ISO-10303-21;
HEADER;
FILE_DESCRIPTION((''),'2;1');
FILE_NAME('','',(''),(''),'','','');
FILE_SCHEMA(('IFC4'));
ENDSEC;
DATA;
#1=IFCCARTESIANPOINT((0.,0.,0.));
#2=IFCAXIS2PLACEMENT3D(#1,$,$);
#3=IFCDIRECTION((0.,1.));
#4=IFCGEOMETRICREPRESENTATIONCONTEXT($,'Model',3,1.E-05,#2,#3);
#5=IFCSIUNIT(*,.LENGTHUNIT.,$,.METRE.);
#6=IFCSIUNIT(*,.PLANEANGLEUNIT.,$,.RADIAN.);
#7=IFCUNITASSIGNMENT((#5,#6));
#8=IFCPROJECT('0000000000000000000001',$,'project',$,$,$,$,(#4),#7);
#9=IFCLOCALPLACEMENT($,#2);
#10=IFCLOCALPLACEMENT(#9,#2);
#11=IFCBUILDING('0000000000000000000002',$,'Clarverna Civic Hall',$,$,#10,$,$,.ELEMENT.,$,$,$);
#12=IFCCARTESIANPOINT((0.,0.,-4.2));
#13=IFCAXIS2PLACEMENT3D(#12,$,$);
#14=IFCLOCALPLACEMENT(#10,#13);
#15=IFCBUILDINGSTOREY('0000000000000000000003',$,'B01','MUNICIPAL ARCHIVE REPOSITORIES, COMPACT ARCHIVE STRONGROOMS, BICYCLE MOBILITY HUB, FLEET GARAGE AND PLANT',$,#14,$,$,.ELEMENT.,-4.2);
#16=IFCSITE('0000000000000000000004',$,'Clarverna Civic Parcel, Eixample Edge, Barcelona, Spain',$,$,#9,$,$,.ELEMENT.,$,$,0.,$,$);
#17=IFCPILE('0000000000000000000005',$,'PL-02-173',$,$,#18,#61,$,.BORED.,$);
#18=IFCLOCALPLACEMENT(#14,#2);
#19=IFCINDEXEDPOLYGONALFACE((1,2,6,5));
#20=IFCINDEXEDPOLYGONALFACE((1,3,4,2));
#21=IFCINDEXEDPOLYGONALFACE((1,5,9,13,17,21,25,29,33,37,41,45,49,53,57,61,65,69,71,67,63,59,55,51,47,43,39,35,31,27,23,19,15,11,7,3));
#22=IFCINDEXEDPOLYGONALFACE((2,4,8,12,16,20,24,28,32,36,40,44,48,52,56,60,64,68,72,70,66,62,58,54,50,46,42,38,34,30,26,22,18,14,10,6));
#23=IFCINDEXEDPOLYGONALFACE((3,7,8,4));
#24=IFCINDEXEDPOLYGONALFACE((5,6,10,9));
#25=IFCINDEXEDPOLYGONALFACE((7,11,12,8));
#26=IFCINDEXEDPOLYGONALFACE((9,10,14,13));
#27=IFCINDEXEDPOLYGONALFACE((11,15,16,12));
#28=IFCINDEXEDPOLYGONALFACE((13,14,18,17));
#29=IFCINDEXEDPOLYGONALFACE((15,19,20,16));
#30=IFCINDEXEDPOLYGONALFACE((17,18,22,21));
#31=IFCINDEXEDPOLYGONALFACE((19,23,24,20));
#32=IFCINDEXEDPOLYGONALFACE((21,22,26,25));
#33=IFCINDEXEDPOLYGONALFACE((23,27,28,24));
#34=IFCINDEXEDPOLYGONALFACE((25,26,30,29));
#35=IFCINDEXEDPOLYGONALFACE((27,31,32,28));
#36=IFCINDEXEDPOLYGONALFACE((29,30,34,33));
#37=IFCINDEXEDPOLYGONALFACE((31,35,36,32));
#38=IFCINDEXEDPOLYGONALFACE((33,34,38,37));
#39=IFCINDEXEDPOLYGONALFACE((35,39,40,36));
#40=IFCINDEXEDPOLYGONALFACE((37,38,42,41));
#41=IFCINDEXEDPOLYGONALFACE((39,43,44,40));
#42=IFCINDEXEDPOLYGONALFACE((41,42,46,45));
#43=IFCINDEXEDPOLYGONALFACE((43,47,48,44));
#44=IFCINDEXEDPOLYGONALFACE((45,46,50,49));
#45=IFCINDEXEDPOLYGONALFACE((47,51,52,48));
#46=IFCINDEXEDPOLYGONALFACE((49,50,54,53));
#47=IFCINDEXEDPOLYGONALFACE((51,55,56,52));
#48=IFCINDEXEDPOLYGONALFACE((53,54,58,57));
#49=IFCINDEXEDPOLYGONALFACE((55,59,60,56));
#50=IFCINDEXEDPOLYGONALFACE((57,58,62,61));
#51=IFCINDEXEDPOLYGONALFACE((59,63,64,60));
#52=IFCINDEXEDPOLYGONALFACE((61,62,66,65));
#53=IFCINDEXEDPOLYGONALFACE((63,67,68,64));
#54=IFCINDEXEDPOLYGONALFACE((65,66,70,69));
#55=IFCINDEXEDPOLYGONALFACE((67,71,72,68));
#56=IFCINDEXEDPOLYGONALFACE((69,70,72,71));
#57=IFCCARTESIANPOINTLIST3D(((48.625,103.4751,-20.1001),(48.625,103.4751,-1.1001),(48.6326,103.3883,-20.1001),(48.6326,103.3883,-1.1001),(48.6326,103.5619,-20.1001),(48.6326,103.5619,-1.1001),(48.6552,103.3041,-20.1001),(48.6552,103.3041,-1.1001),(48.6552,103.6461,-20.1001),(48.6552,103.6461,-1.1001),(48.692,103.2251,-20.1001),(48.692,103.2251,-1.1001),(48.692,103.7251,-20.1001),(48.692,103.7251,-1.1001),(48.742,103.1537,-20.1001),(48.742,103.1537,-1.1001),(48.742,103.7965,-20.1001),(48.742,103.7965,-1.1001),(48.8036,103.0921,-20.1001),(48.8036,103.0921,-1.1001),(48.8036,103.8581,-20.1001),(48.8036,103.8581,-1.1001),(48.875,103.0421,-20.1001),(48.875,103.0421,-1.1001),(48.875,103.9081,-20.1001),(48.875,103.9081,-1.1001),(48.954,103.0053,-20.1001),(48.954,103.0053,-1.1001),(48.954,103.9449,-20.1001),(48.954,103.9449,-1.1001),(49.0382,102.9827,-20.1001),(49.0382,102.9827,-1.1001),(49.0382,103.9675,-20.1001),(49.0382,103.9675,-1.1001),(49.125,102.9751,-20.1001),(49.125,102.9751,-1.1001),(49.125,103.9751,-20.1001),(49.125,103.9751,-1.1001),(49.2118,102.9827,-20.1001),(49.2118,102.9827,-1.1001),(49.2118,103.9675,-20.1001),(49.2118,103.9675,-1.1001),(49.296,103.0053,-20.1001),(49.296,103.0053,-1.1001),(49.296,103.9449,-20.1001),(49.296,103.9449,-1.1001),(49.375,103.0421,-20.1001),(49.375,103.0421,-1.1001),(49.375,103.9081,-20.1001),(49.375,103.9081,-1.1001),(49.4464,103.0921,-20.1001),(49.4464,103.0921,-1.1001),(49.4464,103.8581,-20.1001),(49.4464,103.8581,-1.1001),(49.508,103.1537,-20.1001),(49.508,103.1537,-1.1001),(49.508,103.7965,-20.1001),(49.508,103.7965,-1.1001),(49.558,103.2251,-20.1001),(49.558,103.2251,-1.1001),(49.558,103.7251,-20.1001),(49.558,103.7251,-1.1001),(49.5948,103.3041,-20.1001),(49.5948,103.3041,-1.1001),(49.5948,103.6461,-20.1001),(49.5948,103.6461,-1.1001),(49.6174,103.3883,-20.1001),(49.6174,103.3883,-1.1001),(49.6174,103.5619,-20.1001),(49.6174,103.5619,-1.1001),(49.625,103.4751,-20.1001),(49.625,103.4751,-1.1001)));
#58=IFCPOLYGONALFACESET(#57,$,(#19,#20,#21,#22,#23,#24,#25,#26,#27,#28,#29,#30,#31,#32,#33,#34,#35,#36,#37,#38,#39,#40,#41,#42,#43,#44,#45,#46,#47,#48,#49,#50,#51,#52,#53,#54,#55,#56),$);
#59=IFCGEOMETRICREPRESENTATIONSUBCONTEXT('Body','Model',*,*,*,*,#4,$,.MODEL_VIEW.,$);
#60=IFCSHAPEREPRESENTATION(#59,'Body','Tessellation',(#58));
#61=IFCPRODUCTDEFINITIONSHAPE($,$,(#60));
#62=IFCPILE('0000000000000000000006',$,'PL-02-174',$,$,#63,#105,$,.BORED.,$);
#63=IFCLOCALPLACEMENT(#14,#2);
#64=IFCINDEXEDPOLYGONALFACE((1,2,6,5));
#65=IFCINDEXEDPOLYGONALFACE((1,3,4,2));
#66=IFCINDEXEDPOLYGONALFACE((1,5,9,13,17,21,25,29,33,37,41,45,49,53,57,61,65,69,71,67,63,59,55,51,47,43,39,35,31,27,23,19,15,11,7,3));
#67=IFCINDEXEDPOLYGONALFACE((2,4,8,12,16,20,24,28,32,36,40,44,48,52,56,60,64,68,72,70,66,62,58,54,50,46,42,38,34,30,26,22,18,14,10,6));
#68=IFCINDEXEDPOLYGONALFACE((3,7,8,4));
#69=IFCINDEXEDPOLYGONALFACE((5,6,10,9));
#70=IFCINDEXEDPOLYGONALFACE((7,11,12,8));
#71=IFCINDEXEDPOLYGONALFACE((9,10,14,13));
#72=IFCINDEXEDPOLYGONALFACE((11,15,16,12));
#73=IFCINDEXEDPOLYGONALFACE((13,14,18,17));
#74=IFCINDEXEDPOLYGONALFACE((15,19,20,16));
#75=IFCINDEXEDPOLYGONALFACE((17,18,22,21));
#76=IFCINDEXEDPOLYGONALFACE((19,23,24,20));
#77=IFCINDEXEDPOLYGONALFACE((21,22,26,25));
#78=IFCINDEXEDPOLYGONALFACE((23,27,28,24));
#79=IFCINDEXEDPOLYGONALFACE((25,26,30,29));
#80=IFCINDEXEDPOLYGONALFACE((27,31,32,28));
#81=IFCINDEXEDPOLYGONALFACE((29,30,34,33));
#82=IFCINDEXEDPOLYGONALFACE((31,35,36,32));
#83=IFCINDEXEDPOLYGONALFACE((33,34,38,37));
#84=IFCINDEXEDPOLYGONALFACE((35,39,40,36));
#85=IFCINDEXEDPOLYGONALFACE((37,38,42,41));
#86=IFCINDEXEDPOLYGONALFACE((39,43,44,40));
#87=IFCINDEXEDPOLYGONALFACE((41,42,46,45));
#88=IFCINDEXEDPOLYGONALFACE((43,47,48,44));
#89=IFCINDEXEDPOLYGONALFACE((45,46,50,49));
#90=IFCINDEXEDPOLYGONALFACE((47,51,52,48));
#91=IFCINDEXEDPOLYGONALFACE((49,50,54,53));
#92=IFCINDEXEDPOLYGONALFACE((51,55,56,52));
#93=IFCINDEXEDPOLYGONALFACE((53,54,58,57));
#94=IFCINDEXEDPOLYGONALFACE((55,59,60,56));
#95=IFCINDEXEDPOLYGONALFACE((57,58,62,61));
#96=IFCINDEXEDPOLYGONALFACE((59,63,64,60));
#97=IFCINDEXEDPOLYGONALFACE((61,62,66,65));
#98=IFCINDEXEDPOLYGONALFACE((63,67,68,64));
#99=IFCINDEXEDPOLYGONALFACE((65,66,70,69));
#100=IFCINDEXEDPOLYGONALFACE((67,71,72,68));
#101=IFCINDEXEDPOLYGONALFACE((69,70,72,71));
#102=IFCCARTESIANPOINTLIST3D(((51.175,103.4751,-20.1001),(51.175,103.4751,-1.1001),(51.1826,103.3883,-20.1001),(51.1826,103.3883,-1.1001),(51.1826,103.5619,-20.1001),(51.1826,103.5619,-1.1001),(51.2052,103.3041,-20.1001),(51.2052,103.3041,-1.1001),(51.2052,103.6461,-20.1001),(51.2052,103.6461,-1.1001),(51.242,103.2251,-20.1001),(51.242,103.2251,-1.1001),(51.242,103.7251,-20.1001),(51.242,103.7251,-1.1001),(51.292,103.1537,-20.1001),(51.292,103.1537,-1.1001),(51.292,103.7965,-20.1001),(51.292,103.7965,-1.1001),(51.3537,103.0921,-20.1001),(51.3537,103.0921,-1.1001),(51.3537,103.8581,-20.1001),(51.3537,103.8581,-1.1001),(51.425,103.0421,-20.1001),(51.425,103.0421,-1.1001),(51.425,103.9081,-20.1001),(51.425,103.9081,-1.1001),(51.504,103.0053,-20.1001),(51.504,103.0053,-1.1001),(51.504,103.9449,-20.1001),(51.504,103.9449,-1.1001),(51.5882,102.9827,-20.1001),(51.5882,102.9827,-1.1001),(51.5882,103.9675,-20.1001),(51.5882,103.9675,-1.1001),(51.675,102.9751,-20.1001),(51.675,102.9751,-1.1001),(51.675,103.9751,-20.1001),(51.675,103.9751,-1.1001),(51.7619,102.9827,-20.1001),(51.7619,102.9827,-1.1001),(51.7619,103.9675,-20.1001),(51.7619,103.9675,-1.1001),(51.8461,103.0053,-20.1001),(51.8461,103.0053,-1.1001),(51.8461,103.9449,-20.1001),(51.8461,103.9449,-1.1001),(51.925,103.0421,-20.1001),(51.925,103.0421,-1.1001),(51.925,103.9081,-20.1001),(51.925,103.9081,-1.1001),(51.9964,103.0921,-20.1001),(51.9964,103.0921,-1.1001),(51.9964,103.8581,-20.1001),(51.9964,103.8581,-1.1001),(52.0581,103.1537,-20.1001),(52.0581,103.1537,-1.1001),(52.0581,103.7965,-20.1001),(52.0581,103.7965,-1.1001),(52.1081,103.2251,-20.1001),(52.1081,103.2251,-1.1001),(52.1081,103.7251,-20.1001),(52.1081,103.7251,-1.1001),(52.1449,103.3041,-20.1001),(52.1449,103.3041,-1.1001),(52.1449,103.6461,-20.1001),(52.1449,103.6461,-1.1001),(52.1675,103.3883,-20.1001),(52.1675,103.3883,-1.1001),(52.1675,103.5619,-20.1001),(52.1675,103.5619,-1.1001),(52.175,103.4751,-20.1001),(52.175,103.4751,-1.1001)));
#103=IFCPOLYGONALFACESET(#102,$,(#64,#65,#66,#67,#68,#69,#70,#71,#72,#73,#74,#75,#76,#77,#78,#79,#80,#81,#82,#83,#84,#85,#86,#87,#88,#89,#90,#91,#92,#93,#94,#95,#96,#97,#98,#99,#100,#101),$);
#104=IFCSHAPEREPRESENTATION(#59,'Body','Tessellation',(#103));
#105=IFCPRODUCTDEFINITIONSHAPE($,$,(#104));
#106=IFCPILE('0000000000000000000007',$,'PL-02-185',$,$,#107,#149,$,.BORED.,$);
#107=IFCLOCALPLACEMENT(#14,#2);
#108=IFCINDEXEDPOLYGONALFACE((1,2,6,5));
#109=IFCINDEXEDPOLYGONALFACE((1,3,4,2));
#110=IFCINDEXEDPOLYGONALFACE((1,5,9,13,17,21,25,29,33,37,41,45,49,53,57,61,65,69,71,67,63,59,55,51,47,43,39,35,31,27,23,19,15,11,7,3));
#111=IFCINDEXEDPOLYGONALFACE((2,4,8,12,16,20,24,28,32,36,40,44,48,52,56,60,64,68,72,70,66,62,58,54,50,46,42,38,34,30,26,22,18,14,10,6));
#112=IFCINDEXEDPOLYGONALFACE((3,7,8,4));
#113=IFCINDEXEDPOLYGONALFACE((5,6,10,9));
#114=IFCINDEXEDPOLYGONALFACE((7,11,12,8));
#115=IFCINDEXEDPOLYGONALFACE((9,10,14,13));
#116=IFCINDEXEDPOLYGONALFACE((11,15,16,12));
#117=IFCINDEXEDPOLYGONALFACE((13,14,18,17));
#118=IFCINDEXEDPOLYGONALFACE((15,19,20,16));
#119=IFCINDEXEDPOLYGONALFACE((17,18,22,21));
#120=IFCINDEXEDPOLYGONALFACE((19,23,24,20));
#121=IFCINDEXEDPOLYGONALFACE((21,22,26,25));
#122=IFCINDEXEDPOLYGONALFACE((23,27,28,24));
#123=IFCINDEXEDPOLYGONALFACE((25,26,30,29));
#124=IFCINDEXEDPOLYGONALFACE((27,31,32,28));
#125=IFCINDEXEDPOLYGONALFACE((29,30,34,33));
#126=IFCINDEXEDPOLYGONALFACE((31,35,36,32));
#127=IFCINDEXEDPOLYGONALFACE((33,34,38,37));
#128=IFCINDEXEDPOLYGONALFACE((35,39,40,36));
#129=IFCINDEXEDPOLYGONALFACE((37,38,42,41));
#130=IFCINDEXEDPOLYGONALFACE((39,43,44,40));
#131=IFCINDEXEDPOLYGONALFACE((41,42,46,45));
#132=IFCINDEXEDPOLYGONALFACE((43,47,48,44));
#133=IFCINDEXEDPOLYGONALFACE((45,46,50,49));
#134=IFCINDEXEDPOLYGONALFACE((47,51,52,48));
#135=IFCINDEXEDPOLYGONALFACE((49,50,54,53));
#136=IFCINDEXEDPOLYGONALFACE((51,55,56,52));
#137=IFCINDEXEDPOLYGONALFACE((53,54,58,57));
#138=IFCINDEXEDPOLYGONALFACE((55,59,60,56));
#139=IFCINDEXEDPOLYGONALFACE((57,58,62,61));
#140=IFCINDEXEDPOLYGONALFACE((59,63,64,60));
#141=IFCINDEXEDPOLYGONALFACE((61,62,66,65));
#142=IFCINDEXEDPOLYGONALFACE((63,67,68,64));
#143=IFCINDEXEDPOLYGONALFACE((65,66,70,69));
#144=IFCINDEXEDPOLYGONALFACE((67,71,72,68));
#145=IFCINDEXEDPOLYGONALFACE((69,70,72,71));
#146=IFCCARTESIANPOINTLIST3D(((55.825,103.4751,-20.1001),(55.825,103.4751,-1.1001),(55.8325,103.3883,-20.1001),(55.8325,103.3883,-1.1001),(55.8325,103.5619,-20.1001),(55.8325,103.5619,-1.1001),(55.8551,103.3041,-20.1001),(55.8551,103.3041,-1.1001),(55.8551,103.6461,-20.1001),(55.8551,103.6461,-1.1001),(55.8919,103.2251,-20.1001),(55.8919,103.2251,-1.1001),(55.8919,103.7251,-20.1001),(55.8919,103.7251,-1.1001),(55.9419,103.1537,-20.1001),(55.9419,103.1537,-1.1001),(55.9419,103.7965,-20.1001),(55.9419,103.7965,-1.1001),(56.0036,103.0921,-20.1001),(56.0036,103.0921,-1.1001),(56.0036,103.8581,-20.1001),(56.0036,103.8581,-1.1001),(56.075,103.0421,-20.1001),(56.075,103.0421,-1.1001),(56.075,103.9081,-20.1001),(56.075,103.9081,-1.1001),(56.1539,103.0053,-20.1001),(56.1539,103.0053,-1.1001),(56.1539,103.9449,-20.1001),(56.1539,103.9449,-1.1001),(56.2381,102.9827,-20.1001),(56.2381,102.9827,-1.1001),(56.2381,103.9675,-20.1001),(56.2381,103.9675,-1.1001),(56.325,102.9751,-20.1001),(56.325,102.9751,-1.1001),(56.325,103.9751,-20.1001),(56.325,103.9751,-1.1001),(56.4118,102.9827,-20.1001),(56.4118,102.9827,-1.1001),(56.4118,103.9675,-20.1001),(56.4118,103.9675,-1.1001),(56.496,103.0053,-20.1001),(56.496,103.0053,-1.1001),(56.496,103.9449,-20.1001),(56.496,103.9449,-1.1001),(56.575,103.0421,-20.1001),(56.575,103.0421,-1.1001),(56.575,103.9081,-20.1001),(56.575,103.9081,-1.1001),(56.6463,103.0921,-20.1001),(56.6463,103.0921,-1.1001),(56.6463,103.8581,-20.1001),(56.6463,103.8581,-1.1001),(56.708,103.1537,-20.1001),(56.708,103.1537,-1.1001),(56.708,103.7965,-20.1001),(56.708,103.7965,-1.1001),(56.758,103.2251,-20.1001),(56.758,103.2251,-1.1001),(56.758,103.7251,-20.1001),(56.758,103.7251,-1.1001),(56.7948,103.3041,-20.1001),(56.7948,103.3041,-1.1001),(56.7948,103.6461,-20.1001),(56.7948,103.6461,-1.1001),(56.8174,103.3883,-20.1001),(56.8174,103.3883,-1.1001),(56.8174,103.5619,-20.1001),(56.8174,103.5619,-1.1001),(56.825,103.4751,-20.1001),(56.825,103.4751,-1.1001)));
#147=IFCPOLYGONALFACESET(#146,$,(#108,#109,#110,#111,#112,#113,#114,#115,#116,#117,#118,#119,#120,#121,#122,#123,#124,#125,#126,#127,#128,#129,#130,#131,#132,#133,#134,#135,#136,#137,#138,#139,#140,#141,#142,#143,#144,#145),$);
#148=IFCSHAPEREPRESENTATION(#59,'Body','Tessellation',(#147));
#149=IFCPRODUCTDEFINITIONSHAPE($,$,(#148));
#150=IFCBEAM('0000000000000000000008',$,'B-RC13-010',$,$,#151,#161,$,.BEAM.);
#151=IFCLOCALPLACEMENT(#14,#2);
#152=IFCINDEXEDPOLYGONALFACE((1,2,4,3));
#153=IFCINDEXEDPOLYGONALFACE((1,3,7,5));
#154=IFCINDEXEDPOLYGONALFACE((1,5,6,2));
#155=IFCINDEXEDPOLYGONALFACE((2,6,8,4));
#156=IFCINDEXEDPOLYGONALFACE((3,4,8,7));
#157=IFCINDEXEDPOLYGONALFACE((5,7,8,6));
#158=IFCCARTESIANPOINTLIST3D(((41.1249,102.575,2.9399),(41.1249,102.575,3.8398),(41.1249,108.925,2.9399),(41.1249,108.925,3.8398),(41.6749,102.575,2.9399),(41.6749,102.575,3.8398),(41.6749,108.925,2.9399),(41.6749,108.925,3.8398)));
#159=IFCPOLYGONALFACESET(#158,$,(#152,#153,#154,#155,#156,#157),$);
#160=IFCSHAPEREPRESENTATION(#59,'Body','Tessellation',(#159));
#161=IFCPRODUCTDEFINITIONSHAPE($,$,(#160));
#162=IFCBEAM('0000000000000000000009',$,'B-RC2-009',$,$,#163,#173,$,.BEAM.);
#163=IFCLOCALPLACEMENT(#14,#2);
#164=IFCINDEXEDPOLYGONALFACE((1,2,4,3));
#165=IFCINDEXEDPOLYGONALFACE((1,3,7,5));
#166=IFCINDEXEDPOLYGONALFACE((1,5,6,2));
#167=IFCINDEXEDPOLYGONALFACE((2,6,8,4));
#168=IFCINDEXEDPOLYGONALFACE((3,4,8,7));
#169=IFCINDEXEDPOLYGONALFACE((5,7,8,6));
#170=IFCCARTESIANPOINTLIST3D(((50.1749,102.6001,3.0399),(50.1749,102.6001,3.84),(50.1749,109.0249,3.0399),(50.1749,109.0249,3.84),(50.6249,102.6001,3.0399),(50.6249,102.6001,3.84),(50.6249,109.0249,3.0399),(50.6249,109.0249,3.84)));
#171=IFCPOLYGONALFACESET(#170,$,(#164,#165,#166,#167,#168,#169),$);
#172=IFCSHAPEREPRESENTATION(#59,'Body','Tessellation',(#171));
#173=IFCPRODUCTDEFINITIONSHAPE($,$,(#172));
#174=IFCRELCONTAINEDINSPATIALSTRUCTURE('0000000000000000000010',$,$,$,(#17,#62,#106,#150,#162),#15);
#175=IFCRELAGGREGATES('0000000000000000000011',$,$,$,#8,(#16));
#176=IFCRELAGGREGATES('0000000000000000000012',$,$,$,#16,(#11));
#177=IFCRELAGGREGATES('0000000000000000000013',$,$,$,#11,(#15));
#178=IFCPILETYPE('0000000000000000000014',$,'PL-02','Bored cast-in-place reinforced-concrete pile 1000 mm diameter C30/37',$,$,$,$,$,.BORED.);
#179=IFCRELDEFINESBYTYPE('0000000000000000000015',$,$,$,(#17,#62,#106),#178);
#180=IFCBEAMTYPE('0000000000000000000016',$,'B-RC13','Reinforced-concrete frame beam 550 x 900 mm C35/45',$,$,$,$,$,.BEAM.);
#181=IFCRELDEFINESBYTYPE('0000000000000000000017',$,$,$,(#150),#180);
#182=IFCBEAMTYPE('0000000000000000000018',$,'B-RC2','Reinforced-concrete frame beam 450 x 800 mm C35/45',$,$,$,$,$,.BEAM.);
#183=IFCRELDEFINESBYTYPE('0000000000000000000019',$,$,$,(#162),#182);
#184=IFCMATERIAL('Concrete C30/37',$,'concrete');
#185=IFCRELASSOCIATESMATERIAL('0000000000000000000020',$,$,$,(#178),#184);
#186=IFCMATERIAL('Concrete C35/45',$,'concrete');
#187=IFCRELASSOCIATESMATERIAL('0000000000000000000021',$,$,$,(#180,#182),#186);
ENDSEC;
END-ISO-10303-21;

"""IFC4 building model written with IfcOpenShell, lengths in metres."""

from ifc_helpers import new_model, si_unit, direction, frame, origin, origin_2d, place, context, subcontext, project, spatial, rectangle, circle, extrude, material, material_profile, profile_set, type_object, element, save


model = new_model("IFC4")

# Units and contexts
model_context = context("Model", 3, precision=1e-05, world=origin(), true_north=direction((0.0, 1.0)))
body_context = subcontext(model_context, "Body", "Model", "MODEL_VIEW")
ifc_project = project(units=[si_unit("LENGTHUNIT", "METRE"), si_unit("PLANEANGLEUNIT", "RADIAN")], contexts=[model_context])

# Site, building, storey
site_placement = place(None, origin())
site = spatial("IfcSite", under=ifc_project, at=site_placement, Name="Clarverna Civic Parcel, Eixample Edge, Barcelona, Spain", CompositionType="ELEMENT", RefElevation=0.0)
building_placement = place(site_placement, origin())
building = spatial("IfcBuilding", under=site, at=building_placement, Name="Clarverna Civic Hall", CompositionType="ELEMENT")
storey_placement = place(building_placement, frame((0.0, 0.0, -4.2)))
storey = spatial("IfcBuildingStorey", under=building, at=storey_placement, Name="B01", Description="MUNICIPAL ARCHIVE REPOSITORIES, COMPACT ARCHIVE STRONGROOMS, BICYCLE MOBILITY HUB, FLEET GARAGE AND PLANT", CompositionType="ELEMENT", Elevation=-4.2)

# Shared definitions
ifc_material_1 = material(Name="Concrete C30/37", Category="concrete")

# Piles
ifc_material_profile_1 = material_profile(ifc_material_1, circle(Radius=0.5, at=origin_2d()), Name="BORED PILE D1000")
ifc_profile_set_1 = profile_set([ifc_material_profile_1], Name="Concrete C30/37")
pile_type_1 = type_object("IfcPileType", Name="PL-02", Description="Bored cast-in-place reinforced-concrete pile 1000 mm diameter C30/37", PredefinedType="BORED", material=ifc_profile_set_1)
for number, where, z_axis, x_axis, name in (
    (1, (49.125, 103.4751, -1.1001), (0.0, 0.0, -1.0), (1.0, 0.0, 0.0), "PL-02-173"),
    (2, (51.675, 103.4751, -1.1001), (0.0, 0.0, -1.0), (1.0, 0.0, 0.0), "PL-02-174"),
    (3, (56.325, 103.4751, -1.1001), (0.0, 0.0, -1.0), (1.0, 0.0, 0.0), "PL-02-185"),
):
    element("IfcPile", number, at=place(storey_placement, frame(where, z_axis=z_axis, x_axis=x_axis)), inside=storey, type_object=pile_type_1, Name=name, PredefinedType="BORED", context=body_context, shape_type="SweptSolid", body=[
        extrude(circle(Radius=0.5, at=origin_2d()), origin(), (0.0, 0.0, 1.0), 19.0),
    ])

# Beams
ifc_material_2 = material(Name="Concrete C35/45", Category="concrete")
ifc_material_profile_2 = material_profile(ifc_material_2, rectangle(XDim=0.55, YDim=0.8999, at=origin_2d()), Name="RC 550x900")
ifc_profile_set_2 = profile_set([ifc_material_profile_2], Name="Concrete C35/45")
beam_type_1 = type_object("IfcBeamType", Name="B-RC13", Description="Reinforced-concrete frame beam 550 x 900 mm C35/45", PredefinedType="BEAM", material=ifc_profile_set_2)
beam_1_placement = place(storey_placement, frame((41.3999, 102.575, 3.3899), z_axis=(0.0, 1.0, 0.0), x_axis=(-1.0, 0.0, 0.0)))
element("IfcBeam", 4, at=beam_1_placement, inside=storey, type_object=beam_type_1, Name="B-RC13-010", PredefinedType="BEAM", context=body_context, shape_type="SweptSolid", body=[
    extrude(rectangle(XDim=0.55, YDim=0.8999, at=origin_2d()), origin(), (0.0, 0.0, 1.0), 6.3501),
])
ifc_material_profile_3 = material_profile(ifc_material_2, rectangle(XDim=0.45, YDim=0.8, at=origin_2d()), Name="RC 450x800")
ifc_profile_set_3 = profile_set([ifc_material_profile_3], Name="Concrete C35/45")
beam_type_2 = type_object("IfcBeamType", Name="B-RC2", Description="Reinforced-concrete frame beam 450 x 800 mm C35/45", PredefinedType="BEAM", material=ifc_profile_set_3)
beam_2_placement = place(storey_placement, frame((50.3999, 102.6001, 3.4399), z_axis=(0.0, 1.0, 0.0), x_axis=(-1.0, 0.0, 0.0)))
element("IfcBeam", 5, at=beam_2_placement, inside=storey, type_object=beam_type_2, Name="B-RC2-009", PredefinedType="BEAM", context=body_context, shape_type="SweptSolid", body=[
    extrude(rectangle(XDim=0.45, YDim=0.8, at=origin_2d()), origin(), (0.0, 0.0, 1.0), 6.4248),
])

save(model, "model.ifc")
